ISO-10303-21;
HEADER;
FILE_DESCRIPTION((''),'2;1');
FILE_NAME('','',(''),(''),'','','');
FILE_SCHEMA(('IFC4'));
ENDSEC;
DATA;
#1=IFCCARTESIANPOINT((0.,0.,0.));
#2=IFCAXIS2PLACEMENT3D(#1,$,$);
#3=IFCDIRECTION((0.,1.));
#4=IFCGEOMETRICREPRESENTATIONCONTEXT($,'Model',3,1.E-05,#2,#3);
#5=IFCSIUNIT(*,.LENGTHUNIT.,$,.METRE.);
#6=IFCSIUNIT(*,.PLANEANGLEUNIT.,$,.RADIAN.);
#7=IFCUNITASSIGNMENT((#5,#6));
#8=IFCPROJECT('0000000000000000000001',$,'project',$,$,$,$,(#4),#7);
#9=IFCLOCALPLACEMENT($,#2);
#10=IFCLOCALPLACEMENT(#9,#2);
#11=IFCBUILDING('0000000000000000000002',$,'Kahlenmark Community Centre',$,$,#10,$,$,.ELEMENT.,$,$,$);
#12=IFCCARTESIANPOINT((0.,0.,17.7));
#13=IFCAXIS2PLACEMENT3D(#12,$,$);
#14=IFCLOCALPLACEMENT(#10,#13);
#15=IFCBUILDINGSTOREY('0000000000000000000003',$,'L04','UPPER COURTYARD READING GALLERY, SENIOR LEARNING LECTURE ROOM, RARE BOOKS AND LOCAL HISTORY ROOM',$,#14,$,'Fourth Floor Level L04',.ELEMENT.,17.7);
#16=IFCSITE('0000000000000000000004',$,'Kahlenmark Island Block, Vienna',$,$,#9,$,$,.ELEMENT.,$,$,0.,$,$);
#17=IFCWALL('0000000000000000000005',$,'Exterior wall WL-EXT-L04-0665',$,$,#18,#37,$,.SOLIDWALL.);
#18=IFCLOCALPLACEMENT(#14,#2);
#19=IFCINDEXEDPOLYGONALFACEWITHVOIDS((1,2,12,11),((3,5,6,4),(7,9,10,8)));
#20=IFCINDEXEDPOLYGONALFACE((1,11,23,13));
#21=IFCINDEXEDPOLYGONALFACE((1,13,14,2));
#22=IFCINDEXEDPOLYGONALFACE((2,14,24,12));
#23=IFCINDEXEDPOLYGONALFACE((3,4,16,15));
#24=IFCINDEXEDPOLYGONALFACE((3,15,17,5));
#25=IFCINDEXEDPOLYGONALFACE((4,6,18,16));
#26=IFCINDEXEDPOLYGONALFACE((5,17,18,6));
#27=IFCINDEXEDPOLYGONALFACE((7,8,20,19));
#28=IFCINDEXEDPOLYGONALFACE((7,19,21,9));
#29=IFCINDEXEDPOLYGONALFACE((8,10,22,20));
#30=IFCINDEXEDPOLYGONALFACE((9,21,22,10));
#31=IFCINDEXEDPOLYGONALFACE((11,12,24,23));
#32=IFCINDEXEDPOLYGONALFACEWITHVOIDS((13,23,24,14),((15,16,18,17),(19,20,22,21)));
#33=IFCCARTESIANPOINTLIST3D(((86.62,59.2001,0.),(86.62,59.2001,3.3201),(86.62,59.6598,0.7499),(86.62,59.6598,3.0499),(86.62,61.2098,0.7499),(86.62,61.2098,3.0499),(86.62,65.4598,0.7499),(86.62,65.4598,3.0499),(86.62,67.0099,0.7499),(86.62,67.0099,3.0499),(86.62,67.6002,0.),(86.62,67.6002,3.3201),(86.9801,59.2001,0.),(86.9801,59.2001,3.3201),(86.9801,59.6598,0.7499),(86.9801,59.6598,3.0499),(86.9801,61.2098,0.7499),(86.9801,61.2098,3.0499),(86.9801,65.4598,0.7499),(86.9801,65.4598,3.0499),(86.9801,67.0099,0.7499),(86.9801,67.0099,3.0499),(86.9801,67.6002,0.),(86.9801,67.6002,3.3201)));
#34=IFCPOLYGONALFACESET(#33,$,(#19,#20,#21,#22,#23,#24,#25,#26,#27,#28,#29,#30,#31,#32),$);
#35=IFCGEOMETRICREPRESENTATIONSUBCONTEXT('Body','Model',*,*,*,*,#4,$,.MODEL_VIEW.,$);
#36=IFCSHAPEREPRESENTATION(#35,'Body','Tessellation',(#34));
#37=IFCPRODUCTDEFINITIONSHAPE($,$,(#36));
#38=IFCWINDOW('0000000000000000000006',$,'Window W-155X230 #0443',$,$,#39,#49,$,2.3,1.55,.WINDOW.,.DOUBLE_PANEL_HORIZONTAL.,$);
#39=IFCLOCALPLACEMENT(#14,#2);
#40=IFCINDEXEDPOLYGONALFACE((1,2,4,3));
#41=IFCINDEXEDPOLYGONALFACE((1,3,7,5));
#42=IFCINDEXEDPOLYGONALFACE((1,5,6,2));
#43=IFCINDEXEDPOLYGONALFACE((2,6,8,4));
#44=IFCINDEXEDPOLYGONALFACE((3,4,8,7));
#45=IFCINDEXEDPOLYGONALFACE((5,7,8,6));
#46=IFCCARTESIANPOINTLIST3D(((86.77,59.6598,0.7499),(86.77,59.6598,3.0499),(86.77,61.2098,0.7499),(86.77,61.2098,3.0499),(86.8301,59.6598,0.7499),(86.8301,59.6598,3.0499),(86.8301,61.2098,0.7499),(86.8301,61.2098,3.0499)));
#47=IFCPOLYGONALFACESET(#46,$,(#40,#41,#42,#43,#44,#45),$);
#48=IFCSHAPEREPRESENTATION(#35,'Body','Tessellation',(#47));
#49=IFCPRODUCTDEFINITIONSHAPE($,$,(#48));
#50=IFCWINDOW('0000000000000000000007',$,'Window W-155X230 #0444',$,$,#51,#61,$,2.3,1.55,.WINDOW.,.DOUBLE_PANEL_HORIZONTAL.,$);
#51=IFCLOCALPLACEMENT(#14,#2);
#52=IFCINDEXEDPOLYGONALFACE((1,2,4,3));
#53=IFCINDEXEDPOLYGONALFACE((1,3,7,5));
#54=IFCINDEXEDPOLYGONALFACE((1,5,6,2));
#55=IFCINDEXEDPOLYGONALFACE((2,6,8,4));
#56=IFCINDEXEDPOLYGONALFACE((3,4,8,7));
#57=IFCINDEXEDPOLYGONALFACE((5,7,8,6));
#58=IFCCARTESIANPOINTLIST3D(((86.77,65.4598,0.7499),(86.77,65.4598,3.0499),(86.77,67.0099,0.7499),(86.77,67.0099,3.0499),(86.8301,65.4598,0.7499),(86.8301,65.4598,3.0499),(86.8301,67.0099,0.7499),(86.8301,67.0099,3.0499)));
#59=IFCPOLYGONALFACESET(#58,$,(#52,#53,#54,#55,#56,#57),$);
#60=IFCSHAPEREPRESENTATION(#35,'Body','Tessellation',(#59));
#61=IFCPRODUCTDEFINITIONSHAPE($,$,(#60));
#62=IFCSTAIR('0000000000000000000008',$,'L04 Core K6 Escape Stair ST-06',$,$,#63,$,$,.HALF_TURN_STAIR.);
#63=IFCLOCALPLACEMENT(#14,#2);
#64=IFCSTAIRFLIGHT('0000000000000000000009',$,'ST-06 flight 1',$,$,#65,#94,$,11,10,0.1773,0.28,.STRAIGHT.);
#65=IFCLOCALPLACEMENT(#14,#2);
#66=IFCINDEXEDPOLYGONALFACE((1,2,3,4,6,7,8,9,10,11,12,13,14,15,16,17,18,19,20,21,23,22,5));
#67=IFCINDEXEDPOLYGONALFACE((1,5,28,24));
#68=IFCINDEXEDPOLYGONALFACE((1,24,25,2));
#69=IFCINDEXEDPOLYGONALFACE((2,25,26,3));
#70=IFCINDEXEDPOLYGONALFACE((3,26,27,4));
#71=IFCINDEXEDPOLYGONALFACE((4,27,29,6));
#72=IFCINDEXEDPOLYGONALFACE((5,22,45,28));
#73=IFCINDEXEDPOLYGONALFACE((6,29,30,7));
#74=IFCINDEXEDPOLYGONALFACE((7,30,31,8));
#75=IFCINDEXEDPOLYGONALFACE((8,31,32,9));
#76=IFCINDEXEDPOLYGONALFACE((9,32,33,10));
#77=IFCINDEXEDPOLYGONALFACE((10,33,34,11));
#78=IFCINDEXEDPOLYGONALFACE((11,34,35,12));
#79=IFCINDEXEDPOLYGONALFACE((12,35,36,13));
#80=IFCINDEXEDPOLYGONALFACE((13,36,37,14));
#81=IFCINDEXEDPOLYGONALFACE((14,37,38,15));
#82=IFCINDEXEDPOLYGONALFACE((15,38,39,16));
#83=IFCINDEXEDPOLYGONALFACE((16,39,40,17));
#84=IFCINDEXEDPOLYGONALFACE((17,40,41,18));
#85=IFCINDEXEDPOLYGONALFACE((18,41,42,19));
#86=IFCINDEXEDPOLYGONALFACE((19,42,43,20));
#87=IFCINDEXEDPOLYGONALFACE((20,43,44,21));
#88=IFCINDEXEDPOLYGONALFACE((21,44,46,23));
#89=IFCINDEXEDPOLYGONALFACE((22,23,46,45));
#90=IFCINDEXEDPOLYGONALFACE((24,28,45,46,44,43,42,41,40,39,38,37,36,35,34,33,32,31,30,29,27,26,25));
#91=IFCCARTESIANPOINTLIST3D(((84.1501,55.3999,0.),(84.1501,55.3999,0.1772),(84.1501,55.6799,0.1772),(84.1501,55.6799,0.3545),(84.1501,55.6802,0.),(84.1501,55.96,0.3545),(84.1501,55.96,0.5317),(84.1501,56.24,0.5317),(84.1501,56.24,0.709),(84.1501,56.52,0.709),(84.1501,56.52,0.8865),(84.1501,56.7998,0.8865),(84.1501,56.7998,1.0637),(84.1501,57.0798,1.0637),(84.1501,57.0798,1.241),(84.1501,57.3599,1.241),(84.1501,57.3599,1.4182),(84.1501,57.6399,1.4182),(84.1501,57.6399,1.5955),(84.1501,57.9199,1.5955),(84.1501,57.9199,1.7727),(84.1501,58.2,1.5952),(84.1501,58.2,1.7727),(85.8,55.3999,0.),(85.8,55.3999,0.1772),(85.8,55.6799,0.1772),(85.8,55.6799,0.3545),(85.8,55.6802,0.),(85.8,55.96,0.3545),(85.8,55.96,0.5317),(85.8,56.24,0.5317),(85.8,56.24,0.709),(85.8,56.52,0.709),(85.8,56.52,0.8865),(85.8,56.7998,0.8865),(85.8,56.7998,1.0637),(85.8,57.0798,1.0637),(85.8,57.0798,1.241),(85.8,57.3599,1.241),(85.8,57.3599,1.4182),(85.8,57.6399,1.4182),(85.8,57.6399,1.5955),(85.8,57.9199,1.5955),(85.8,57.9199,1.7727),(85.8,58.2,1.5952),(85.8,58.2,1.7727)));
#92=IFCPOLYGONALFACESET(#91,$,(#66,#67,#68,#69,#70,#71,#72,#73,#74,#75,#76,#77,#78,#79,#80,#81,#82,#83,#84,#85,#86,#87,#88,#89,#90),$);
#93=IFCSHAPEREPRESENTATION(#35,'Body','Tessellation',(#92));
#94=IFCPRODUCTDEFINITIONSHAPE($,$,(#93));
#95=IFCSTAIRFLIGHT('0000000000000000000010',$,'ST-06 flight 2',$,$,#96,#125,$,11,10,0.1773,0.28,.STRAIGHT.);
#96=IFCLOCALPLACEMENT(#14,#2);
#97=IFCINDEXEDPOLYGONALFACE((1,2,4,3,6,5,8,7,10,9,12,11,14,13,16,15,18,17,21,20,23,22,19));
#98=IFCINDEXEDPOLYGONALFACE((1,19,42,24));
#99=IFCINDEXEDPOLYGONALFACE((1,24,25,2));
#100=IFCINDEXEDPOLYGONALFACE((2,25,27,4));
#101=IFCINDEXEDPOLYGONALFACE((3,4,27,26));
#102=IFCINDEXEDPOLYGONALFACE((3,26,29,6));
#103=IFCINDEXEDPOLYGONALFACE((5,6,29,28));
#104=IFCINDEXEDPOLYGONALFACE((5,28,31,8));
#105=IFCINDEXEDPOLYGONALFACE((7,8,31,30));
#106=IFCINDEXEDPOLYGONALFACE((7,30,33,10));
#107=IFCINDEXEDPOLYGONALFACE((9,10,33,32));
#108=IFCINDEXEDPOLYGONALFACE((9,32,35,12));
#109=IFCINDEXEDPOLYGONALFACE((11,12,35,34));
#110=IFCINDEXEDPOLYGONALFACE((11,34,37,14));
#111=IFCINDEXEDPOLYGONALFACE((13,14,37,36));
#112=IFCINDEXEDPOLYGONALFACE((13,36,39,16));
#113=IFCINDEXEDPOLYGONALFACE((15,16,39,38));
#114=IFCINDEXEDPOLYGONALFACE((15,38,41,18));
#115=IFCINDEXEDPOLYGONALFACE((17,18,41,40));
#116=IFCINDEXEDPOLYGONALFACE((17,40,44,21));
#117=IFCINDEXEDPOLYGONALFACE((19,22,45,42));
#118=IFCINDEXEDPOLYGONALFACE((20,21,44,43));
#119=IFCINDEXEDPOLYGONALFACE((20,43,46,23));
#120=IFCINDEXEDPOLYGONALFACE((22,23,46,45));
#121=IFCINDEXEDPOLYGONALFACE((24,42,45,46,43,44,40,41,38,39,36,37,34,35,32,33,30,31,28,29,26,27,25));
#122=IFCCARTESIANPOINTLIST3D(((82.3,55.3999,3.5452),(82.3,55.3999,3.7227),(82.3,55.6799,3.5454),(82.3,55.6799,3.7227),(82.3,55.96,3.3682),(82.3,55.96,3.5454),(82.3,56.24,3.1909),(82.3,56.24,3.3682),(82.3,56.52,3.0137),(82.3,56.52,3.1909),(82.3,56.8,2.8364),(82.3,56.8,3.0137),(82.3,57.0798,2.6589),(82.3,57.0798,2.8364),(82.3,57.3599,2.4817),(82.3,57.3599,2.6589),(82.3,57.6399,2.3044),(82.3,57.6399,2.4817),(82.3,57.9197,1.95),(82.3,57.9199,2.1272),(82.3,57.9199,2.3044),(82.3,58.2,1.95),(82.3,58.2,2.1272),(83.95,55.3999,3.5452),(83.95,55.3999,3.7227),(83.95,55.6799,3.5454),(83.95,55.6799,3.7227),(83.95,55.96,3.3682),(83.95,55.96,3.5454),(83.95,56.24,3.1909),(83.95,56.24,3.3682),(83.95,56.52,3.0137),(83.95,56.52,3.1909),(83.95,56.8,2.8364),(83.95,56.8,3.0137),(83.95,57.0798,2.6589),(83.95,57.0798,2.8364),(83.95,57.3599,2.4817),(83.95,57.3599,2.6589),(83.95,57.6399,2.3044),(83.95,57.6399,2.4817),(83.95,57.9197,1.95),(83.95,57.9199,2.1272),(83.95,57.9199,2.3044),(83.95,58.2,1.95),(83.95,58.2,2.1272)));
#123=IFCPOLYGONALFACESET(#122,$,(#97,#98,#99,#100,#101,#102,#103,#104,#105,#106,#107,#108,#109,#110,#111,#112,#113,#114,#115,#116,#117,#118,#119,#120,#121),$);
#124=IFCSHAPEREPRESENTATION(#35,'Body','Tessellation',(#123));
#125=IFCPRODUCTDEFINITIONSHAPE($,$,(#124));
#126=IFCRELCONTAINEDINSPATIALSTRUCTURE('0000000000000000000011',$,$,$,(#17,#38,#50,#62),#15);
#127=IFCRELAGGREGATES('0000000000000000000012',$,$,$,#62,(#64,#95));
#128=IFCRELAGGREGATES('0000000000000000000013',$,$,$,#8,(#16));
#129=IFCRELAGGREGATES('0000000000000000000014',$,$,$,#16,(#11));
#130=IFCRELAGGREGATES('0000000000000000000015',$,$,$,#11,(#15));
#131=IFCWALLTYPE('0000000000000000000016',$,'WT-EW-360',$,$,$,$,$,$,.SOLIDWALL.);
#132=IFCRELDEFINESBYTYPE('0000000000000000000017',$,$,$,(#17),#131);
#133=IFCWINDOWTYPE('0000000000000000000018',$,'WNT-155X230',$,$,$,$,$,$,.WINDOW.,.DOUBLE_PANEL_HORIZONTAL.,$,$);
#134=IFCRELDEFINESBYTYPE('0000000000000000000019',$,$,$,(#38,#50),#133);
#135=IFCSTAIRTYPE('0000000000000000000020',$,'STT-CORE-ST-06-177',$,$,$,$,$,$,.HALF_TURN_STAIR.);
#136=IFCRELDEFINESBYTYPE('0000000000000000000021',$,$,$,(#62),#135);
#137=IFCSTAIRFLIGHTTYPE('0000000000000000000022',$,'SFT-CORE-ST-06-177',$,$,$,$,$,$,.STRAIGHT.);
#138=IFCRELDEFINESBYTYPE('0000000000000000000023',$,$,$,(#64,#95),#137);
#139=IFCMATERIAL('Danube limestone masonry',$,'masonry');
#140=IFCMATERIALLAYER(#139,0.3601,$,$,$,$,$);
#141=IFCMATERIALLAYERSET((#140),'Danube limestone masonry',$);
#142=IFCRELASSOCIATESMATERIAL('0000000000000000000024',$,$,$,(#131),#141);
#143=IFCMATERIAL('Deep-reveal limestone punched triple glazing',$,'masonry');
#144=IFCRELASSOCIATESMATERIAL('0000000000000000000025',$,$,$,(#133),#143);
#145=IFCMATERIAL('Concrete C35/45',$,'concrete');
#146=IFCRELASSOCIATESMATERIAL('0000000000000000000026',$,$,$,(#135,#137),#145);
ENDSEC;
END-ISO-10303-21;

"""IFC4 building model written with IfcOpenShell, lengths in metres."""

from ifc_helpers import new_model, si_unit, direction, frame, frame_2d, origin, place, context, subcontext, project, spatial, polyline, rectangle, outline, extrude, material, layer, layer_set, type_object, element, fill, aggregate, save


model = new_model("IFC4")

# Units and contexts
model_context = context("Model", 3, precision=1e-05, world=origin(), true_north=direction((0.0, 1.0)))
body_context = subcontext(model_context, "Body", "Model", "MODEL_VIEW")
ifc_project = project(units=[si_unit("LENGTHUNIT", "METRE"), si_unit("PLANEANGLEUNIT", "RADIAN")], contexts=[model_context])

# Site, building, storey
site_placement = place(None, origin())
site = spatial("IfcSite", under=ifc_project, at=site_placement, Name="Kahlenmark Island Block, Vienna", CompositionType="ELEMENT", RefElevation=0.0)
building_placement = place(site_placement, origin())
building = spatial("IfcBuilding", under=site, at=building_placement, Name="Kahlenmark Community Centre", CompositionType="ELEMENT")
storey_placement = place(building_placement, frame((0.0, 0.0, 17.7)))
storey = spatial("IfcBuildingStorey", under=building, at=storey_placement, Name="L04", Description="UPPER COURTYARD READING GALLERY, SENIOR LEARNING LECTURE ROOM, RARE BOOKS AND LOCAL HISTORY ROOM", LongName="Fourth Floor Level L04", CompositionType="ELEMENT", Elevation=17.7)

# Shared definitions
ifc_material_1 = material(Name="Concrete C35/45", Category="concrete")

# Shared definitions
ifc_material_2 = material(Name="Danube limestone masonry", Category="masonry")
ifc_layer_1 = layer(ifc_material_2, 0.3601)
ifc_layer_set_1 = layer_set([ifc_layer_1], Name="Danube limestone masonry")
wall_type_1 = type_object("IfcWallType", Name="WT-EW-360", PredefinedType="SOLIDWALL", material=ifc_layer_set_1)

# Wall, openings, windows
ifc_material_3 = material(Name="Deep-reveal limestone punched triple glazing", Category="masonry")
window_type = type_object("IfcWindowType", Name="WNT-155X230", PartitioningType="DOUBLE_PANEL_HORIZONTAL", PredefinedType="WINDOW", material=ifc_material_3)
wall_1_placement = place(storey_placement, frame((86.8, 59.2, 0.0), z_axis=(0.0, 0.0, 1.0), x_axis=(0.0, 1.0, 0.0)))
wall_1 = element("IfcWall", 1, at=wall_1_placement, inside=storey, type_object=wall_type_1, Name="Exterior wall WL-EXT-L04-0665", PredefinedType="SOLIDWALL", context=body_context, shape_type="SweptSolid", body=[
    extrude(rectangle(XDim=8.4001, YDim=0.3601, at=frame_2d((4.2002, 0.0))), origin(), (0.0, 0.0, 1.0), 3.3201),
])
opening_1_placement = place(wall_1_placement, frame((0.46, 0.0, 0.75)))
opening_1 = element("IfcOpeningElement", 2, at=opening_1_placement, cuts=wall_1, PredefinedType="OPENING", context=body_context, shape_type="SweptSolid", body=[
    extrude(rectangle(XDim=1.55, YDim=2.3, at=frame_2d((0.7749, 1.1499))), frame((0.0, 0.1899, 0.0), z_axis=(0.0, -1.0, 0.0), x_axis=(1.0, 0.0, 0.0)), (0.0, 0.0, 1.0), 0.3801),
])
opening_2_placement = place(wall_1_placement, frame((6.26, 0.0, 0.75)))
opening_2 = element("IfcOpeningElement", 3, at=opening_2_placement, cuts=wall_1, PredefinedType="OPENING", context=body_context, shape_type="SweptSolid", body=[
    extrude(rectangle(XDim=1.55, YDim=2.3, at=frame_2d((0.7749, 1.1499))), frame((0.0, 0.1899, 0.0), z_axis=(0.0, -1.0, 0.0), x_axis=(1.0, 0.0, 0.0)), (0.0, 0.0, 1.0), 0.3801),
])
window_1_placement = place(opening_1_placement, origin())
window_1 = element("IfcWindow", 4, at=window_1_placement, inside=storey, type_object=window_type, Name="Window W-155X230 #0443", OverallHeight=2.3, OverallWidth=1.55, PartitioningType="DOUBLE_PANEL_HORIZONTAL", PredefinedType="WINDOW", context=body_context, shape_type="SweptSolid", body=[
    extrude(rectangle(XDim=1.55, YDim=2.3, at=frame_2d((0.7749, 1.1499))), frame((0.0, 0.03, 0.0), z_axis=(0.0, -1.0, 0.0), x_axis=(1.0, 0.0, 0.0)), (0.0, 0.0, 1.0), 0.0601),
])
fill(opening_1, window_1)
window_2_placement = place(opening_2_placement, origin())
window_2 = element("IfcWindow", 5, at=window_2_placement, inside=storey, type_object=window_type, Name="Window W-155X230 #0444", OverallHeight=2.3, OverallWidth=1.55, PartitioningType="DOUBLE_PANEL_HORIZONTAL", PredefinedType="WINDOW", context=body_context, shape_type="SweptSolid", body=[
    extrude(rectangle(XDim=1.55, YDim=2.3, at=frame_2d((0.7749, 1.1499))), frame((0.0, 0.03, 0.0), z_axis=(0.0, -1.0, 0.0), x_axis=(1.0, 0.0, 0.0)), (0.0, 0.0, 1.0), 0.0601),
])
fill(opening_2, window_2)

# Stair, stair flights
stair_type = type_object("IfcStairType", Name="STT-CORE-ST-06-177", PredefinedType="HALF_TURN_STAIR", material=ifc_material_1)
stair_placement = place(storey_placement, origin())
stair = element("IfcStair", 6, at=stair_placement, inside=storey, type_object=stair_type, Name="L04 Core K6 Escape Stair ST-06", PredefinedType="HALF_TURN_STAIR")
stair_flight_type = type_object("IfcStairFlightType", Name="SFT-CORE-ST-06-177", PredefinedType="STRAIGHT", material=ifc_material_1)
stair_flight_1_placement = place(storey_placement, frame((84.9751, 55.3999, 0.0), z_axis=(0.0, 0.0, 1.0), x_axis=(0.0, 1.0, 0.0)))
stair_flight_1 = element("IfcStairFlight", 7, at=stair_flight_1_placement, type_object=stair_flight_type, Name="ST-06 flight 1", NumberOfRisers=11, NumberOfTreads=10, PredefinedType="STRAIGHT", RiserHeight=0.1773, TreadLength=0.28, context=body_context, shape_type="SweptSolid", body=[
    extrude(outline(polyline([(0.0, 0.0), (0.0, 0.1772), (0.28, 0.1772), (0.28, 0.3545), (0.5601, 0.3545), (0.5601, 0.5317), (0.8401, 0.5317), (0.8401, 0.709), (1.1201, 0.709), (1.1201, 0.8865), (1.3999, 0.8865), (1.3999, 1.0637), (1.6799, 1.0637), (1.6799, 1.241), (1.96, 1.241), (1.96, 1.4182), (2.24, 1.4182), (2.24, 1.5955), (2.52, 1.5955), (2.52, 1.7727), (2.8, 1.7727), (2.8, 1.95), (2.8, 1.5952), (0.2803, 0.0), (0.0, 0.0)])), frame((0.0, 0.825, 0.0), z_axis=(0.0, -1.0, 0.0), x_axis=(1.0, 0.0, 0.0)), (0.0, 0.0, 1.0), 1.6499),
])
stair_flight_2_placement = place(storey_placement, frame((83.125, 58.2, 1.95), z_axis=(0.0, 0.0, 1.0), x_axis=(0.0, -1.0, 0.0)))
stair_flight_2 = element("IfcStairFlight", 8, at=stair_flight_2_placement, type_object=stair_flight_type, Name="ST-06 flight 2", NumberOfRisers=11, NumberOfTreads=10, PredefinedType="STRAIGHT", RiserHeight=0.1773, TreadLength=0.28, context=body_context, shape_type="SweptSolid", body=[
    extrude(outline(polyline([(0.0, 0.0), (0.0, 0.1772), (0.28, 0.1772), (0.28, 0.3545), (0.5601, 0.3545), (0.5601, 0.5317), (0.8401, 0.5317), (0.8401, 0.709), (1.1201, 0.709), (1.1201, 0.8865), (1.3999, 0.8865), (1.3999, 1.0637), (1.6799, 1.0637), (1.6799, 1.241), (1.96, 1.241), (1.96, 1.4182), (2.24, 1.4182), (2.24, 1.5955), (2.52, 1.5955), (2.52, 1.7727), (2.8, 1.7727), (2.8, 1.95), (2.8, 1.5952), (0.2803, 0.0), (0.0, 0.0)])), frame((0.0, 0.825, 0.0), z_axis=(0.0, -1.0, 0.0), x_axis=(1.0, 0.0, 0.0)), (0.0, 0.0, 1.0), 1.6499),
])
aggregate(stair, [stair_flight_1, stair_flight_2])

save(model, "model.ifc")
